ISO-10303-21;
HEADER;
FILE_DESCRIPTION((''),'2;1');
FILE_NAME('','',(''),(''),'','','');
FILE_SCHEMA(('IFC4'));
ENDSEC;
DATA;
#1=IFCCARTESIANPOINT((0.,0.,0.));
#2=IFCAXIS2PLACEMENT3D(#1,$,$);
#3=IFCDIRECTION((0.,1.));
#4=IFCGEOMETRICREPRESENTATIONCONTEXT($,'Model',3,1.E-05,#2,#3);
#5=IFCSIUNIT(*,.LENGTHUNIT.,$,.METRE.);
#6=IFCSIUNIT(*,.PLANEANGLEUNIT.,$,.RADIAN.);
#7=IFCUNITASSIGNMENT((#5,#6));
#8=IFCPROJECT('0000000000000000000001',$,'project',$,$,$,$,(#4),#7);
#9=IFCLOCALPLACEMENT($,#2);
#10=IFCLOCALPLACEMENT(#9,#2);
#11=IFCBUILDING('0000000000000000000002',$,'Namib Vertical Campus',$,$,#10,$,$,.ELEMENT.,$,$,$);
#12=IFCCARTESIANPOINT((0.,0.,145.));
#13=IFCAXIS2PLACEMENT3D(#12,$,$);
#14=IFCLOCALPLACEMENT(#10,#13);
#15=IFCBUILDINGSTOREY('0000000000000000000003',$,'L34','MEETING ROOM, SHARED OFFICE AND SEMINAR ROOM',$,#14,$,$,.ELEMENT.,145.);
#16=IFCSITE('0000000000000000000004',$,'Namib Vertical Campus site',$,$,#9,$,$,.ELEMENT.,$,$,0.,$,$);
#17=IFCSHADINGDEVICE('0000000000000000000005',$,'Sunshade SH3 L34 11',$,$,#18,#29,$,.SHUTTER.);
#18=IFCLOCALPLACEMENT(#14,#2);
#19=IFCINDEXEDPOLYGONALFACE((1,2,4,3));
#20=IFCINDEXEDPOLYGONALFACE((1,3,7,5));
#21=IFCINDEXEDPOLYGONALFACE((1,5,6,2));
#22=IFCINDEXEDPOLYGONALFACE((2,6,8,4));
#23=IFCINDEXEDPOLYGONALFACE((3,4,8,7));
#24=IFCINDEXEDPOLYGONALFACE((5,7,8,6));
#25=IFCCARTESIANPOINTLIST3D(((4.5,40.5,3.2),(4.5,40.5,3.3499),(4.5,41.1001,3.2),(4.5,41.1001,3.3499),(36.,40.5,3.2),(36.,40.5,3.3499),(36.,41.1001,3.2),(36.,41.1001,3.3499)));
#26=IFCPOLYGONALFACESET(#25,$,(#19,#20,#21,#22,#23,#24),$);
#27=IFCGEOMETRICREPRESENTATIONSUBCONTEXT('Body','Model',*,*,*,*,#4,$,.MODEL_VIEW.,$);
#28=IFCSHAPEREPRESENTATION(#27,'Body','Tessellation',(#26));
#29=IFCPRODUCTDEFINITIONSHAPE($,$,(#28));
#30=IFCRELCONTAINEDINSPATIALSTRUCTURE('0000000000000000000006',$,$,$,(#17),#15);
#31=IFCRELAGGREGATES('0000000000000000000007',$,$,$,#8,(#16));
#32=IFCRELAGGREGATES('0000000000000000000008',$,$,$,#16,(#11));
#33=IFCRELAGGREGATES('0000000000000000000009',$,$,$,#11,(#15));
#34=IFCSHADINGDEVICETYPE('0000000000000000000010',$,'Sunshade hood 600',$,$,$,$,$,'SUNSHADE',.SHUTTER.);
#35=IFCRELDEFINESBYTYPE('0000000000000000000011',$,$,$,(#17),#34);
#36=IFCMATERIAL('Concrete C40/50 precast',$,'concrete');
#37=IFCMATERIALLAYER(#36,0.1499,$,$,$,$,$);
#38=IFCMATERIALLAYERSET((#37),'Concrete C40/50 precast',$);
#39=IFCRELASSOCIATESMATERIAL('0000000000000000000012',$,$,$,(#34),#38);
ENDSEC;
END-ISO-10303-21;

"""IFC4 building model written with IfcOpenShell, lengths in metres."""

from ifc_helpers import new_model, si_unit, direction, frame, origin, origin_2d, place, context, subcontext, project, spatial, rectangle, extrude, material, layer, layer_set, type_object, element, save


model = new_model("IFC4")

# Units and contexts
model_context = context("Model", 3, precision=1e-05, world=origin(), true_north=direction((0.0, 1.0)))
body_context = subcontext(model_context, "Body", "Model", "MODEL_VIEW")
ifc_project = project(units=[si_unit("LENGTHUNIT", "METRE"), si_unit("PLANEANGLEUNIT", "RADIAN")], contexts=[model_context])

# Site, building, storey
site_placement = place(None, origin())
site = spatial("IfcSite", under=ifc_project, at=site_placement, Name="Namib Vertical Campus site", CompositionType="ELEMENT", RefElevation=0.0)
building_placement = place(site_placement, origin())
building = spatial("IfcBuilding", under=site, at=building_placement, Name="Namib Vertical Campus", CompositionType="ELEMENT")
storey_placement = place(building_placement, frame((0.0, 0.0, 145.0)))
storey = spatial("IfcBuildingStorey", under=building, at=storey_placement, Name="L34", Description="MEETING ROOM, SHARED OFFICE AND SEMINAR ROOM", CompositionType="ELEMENT", Elevation=145.0)

# Shading device
ifc_material_1 = material(Name="Concrete C40/50 precast", Category="concrete")
ifc_layer_1 = layer(ifc_material_1, 0.1499)
ifc_layer_set_1 = layer_set([ifc_layer_1], Name="Concrete C40/50 precast")
shading_device_type = type_object("IfcShadingDeviceType", Name="Sunshade hood 600", ElementType="SUNSHADE", PredefinedType="SHUTTER", material=ifc_layer_set_1)
shading_device_placement = place(storey_placement, frame((20.25, 40.8, 3.2), z_axis=(0.0, 0.0, 1.0), x_axis=(-1.0, 0.0, 0.0)))
element("IfcShadingDevice", 1, at=shading_device_placement, inside=storey, type_object=shading_device_type, Name="Sunshade SH3 L34 11", PredefinedType="SHUTTER", context=body_context, shape_type="SweptSolid", body=[
    extrude(rectangle(XDim=31.5, YDim=0.6001, at=origin_2d()), origin(), (0.0, 0.0, 1.0), 0.1499),
])

save(model, "model.ifc")
